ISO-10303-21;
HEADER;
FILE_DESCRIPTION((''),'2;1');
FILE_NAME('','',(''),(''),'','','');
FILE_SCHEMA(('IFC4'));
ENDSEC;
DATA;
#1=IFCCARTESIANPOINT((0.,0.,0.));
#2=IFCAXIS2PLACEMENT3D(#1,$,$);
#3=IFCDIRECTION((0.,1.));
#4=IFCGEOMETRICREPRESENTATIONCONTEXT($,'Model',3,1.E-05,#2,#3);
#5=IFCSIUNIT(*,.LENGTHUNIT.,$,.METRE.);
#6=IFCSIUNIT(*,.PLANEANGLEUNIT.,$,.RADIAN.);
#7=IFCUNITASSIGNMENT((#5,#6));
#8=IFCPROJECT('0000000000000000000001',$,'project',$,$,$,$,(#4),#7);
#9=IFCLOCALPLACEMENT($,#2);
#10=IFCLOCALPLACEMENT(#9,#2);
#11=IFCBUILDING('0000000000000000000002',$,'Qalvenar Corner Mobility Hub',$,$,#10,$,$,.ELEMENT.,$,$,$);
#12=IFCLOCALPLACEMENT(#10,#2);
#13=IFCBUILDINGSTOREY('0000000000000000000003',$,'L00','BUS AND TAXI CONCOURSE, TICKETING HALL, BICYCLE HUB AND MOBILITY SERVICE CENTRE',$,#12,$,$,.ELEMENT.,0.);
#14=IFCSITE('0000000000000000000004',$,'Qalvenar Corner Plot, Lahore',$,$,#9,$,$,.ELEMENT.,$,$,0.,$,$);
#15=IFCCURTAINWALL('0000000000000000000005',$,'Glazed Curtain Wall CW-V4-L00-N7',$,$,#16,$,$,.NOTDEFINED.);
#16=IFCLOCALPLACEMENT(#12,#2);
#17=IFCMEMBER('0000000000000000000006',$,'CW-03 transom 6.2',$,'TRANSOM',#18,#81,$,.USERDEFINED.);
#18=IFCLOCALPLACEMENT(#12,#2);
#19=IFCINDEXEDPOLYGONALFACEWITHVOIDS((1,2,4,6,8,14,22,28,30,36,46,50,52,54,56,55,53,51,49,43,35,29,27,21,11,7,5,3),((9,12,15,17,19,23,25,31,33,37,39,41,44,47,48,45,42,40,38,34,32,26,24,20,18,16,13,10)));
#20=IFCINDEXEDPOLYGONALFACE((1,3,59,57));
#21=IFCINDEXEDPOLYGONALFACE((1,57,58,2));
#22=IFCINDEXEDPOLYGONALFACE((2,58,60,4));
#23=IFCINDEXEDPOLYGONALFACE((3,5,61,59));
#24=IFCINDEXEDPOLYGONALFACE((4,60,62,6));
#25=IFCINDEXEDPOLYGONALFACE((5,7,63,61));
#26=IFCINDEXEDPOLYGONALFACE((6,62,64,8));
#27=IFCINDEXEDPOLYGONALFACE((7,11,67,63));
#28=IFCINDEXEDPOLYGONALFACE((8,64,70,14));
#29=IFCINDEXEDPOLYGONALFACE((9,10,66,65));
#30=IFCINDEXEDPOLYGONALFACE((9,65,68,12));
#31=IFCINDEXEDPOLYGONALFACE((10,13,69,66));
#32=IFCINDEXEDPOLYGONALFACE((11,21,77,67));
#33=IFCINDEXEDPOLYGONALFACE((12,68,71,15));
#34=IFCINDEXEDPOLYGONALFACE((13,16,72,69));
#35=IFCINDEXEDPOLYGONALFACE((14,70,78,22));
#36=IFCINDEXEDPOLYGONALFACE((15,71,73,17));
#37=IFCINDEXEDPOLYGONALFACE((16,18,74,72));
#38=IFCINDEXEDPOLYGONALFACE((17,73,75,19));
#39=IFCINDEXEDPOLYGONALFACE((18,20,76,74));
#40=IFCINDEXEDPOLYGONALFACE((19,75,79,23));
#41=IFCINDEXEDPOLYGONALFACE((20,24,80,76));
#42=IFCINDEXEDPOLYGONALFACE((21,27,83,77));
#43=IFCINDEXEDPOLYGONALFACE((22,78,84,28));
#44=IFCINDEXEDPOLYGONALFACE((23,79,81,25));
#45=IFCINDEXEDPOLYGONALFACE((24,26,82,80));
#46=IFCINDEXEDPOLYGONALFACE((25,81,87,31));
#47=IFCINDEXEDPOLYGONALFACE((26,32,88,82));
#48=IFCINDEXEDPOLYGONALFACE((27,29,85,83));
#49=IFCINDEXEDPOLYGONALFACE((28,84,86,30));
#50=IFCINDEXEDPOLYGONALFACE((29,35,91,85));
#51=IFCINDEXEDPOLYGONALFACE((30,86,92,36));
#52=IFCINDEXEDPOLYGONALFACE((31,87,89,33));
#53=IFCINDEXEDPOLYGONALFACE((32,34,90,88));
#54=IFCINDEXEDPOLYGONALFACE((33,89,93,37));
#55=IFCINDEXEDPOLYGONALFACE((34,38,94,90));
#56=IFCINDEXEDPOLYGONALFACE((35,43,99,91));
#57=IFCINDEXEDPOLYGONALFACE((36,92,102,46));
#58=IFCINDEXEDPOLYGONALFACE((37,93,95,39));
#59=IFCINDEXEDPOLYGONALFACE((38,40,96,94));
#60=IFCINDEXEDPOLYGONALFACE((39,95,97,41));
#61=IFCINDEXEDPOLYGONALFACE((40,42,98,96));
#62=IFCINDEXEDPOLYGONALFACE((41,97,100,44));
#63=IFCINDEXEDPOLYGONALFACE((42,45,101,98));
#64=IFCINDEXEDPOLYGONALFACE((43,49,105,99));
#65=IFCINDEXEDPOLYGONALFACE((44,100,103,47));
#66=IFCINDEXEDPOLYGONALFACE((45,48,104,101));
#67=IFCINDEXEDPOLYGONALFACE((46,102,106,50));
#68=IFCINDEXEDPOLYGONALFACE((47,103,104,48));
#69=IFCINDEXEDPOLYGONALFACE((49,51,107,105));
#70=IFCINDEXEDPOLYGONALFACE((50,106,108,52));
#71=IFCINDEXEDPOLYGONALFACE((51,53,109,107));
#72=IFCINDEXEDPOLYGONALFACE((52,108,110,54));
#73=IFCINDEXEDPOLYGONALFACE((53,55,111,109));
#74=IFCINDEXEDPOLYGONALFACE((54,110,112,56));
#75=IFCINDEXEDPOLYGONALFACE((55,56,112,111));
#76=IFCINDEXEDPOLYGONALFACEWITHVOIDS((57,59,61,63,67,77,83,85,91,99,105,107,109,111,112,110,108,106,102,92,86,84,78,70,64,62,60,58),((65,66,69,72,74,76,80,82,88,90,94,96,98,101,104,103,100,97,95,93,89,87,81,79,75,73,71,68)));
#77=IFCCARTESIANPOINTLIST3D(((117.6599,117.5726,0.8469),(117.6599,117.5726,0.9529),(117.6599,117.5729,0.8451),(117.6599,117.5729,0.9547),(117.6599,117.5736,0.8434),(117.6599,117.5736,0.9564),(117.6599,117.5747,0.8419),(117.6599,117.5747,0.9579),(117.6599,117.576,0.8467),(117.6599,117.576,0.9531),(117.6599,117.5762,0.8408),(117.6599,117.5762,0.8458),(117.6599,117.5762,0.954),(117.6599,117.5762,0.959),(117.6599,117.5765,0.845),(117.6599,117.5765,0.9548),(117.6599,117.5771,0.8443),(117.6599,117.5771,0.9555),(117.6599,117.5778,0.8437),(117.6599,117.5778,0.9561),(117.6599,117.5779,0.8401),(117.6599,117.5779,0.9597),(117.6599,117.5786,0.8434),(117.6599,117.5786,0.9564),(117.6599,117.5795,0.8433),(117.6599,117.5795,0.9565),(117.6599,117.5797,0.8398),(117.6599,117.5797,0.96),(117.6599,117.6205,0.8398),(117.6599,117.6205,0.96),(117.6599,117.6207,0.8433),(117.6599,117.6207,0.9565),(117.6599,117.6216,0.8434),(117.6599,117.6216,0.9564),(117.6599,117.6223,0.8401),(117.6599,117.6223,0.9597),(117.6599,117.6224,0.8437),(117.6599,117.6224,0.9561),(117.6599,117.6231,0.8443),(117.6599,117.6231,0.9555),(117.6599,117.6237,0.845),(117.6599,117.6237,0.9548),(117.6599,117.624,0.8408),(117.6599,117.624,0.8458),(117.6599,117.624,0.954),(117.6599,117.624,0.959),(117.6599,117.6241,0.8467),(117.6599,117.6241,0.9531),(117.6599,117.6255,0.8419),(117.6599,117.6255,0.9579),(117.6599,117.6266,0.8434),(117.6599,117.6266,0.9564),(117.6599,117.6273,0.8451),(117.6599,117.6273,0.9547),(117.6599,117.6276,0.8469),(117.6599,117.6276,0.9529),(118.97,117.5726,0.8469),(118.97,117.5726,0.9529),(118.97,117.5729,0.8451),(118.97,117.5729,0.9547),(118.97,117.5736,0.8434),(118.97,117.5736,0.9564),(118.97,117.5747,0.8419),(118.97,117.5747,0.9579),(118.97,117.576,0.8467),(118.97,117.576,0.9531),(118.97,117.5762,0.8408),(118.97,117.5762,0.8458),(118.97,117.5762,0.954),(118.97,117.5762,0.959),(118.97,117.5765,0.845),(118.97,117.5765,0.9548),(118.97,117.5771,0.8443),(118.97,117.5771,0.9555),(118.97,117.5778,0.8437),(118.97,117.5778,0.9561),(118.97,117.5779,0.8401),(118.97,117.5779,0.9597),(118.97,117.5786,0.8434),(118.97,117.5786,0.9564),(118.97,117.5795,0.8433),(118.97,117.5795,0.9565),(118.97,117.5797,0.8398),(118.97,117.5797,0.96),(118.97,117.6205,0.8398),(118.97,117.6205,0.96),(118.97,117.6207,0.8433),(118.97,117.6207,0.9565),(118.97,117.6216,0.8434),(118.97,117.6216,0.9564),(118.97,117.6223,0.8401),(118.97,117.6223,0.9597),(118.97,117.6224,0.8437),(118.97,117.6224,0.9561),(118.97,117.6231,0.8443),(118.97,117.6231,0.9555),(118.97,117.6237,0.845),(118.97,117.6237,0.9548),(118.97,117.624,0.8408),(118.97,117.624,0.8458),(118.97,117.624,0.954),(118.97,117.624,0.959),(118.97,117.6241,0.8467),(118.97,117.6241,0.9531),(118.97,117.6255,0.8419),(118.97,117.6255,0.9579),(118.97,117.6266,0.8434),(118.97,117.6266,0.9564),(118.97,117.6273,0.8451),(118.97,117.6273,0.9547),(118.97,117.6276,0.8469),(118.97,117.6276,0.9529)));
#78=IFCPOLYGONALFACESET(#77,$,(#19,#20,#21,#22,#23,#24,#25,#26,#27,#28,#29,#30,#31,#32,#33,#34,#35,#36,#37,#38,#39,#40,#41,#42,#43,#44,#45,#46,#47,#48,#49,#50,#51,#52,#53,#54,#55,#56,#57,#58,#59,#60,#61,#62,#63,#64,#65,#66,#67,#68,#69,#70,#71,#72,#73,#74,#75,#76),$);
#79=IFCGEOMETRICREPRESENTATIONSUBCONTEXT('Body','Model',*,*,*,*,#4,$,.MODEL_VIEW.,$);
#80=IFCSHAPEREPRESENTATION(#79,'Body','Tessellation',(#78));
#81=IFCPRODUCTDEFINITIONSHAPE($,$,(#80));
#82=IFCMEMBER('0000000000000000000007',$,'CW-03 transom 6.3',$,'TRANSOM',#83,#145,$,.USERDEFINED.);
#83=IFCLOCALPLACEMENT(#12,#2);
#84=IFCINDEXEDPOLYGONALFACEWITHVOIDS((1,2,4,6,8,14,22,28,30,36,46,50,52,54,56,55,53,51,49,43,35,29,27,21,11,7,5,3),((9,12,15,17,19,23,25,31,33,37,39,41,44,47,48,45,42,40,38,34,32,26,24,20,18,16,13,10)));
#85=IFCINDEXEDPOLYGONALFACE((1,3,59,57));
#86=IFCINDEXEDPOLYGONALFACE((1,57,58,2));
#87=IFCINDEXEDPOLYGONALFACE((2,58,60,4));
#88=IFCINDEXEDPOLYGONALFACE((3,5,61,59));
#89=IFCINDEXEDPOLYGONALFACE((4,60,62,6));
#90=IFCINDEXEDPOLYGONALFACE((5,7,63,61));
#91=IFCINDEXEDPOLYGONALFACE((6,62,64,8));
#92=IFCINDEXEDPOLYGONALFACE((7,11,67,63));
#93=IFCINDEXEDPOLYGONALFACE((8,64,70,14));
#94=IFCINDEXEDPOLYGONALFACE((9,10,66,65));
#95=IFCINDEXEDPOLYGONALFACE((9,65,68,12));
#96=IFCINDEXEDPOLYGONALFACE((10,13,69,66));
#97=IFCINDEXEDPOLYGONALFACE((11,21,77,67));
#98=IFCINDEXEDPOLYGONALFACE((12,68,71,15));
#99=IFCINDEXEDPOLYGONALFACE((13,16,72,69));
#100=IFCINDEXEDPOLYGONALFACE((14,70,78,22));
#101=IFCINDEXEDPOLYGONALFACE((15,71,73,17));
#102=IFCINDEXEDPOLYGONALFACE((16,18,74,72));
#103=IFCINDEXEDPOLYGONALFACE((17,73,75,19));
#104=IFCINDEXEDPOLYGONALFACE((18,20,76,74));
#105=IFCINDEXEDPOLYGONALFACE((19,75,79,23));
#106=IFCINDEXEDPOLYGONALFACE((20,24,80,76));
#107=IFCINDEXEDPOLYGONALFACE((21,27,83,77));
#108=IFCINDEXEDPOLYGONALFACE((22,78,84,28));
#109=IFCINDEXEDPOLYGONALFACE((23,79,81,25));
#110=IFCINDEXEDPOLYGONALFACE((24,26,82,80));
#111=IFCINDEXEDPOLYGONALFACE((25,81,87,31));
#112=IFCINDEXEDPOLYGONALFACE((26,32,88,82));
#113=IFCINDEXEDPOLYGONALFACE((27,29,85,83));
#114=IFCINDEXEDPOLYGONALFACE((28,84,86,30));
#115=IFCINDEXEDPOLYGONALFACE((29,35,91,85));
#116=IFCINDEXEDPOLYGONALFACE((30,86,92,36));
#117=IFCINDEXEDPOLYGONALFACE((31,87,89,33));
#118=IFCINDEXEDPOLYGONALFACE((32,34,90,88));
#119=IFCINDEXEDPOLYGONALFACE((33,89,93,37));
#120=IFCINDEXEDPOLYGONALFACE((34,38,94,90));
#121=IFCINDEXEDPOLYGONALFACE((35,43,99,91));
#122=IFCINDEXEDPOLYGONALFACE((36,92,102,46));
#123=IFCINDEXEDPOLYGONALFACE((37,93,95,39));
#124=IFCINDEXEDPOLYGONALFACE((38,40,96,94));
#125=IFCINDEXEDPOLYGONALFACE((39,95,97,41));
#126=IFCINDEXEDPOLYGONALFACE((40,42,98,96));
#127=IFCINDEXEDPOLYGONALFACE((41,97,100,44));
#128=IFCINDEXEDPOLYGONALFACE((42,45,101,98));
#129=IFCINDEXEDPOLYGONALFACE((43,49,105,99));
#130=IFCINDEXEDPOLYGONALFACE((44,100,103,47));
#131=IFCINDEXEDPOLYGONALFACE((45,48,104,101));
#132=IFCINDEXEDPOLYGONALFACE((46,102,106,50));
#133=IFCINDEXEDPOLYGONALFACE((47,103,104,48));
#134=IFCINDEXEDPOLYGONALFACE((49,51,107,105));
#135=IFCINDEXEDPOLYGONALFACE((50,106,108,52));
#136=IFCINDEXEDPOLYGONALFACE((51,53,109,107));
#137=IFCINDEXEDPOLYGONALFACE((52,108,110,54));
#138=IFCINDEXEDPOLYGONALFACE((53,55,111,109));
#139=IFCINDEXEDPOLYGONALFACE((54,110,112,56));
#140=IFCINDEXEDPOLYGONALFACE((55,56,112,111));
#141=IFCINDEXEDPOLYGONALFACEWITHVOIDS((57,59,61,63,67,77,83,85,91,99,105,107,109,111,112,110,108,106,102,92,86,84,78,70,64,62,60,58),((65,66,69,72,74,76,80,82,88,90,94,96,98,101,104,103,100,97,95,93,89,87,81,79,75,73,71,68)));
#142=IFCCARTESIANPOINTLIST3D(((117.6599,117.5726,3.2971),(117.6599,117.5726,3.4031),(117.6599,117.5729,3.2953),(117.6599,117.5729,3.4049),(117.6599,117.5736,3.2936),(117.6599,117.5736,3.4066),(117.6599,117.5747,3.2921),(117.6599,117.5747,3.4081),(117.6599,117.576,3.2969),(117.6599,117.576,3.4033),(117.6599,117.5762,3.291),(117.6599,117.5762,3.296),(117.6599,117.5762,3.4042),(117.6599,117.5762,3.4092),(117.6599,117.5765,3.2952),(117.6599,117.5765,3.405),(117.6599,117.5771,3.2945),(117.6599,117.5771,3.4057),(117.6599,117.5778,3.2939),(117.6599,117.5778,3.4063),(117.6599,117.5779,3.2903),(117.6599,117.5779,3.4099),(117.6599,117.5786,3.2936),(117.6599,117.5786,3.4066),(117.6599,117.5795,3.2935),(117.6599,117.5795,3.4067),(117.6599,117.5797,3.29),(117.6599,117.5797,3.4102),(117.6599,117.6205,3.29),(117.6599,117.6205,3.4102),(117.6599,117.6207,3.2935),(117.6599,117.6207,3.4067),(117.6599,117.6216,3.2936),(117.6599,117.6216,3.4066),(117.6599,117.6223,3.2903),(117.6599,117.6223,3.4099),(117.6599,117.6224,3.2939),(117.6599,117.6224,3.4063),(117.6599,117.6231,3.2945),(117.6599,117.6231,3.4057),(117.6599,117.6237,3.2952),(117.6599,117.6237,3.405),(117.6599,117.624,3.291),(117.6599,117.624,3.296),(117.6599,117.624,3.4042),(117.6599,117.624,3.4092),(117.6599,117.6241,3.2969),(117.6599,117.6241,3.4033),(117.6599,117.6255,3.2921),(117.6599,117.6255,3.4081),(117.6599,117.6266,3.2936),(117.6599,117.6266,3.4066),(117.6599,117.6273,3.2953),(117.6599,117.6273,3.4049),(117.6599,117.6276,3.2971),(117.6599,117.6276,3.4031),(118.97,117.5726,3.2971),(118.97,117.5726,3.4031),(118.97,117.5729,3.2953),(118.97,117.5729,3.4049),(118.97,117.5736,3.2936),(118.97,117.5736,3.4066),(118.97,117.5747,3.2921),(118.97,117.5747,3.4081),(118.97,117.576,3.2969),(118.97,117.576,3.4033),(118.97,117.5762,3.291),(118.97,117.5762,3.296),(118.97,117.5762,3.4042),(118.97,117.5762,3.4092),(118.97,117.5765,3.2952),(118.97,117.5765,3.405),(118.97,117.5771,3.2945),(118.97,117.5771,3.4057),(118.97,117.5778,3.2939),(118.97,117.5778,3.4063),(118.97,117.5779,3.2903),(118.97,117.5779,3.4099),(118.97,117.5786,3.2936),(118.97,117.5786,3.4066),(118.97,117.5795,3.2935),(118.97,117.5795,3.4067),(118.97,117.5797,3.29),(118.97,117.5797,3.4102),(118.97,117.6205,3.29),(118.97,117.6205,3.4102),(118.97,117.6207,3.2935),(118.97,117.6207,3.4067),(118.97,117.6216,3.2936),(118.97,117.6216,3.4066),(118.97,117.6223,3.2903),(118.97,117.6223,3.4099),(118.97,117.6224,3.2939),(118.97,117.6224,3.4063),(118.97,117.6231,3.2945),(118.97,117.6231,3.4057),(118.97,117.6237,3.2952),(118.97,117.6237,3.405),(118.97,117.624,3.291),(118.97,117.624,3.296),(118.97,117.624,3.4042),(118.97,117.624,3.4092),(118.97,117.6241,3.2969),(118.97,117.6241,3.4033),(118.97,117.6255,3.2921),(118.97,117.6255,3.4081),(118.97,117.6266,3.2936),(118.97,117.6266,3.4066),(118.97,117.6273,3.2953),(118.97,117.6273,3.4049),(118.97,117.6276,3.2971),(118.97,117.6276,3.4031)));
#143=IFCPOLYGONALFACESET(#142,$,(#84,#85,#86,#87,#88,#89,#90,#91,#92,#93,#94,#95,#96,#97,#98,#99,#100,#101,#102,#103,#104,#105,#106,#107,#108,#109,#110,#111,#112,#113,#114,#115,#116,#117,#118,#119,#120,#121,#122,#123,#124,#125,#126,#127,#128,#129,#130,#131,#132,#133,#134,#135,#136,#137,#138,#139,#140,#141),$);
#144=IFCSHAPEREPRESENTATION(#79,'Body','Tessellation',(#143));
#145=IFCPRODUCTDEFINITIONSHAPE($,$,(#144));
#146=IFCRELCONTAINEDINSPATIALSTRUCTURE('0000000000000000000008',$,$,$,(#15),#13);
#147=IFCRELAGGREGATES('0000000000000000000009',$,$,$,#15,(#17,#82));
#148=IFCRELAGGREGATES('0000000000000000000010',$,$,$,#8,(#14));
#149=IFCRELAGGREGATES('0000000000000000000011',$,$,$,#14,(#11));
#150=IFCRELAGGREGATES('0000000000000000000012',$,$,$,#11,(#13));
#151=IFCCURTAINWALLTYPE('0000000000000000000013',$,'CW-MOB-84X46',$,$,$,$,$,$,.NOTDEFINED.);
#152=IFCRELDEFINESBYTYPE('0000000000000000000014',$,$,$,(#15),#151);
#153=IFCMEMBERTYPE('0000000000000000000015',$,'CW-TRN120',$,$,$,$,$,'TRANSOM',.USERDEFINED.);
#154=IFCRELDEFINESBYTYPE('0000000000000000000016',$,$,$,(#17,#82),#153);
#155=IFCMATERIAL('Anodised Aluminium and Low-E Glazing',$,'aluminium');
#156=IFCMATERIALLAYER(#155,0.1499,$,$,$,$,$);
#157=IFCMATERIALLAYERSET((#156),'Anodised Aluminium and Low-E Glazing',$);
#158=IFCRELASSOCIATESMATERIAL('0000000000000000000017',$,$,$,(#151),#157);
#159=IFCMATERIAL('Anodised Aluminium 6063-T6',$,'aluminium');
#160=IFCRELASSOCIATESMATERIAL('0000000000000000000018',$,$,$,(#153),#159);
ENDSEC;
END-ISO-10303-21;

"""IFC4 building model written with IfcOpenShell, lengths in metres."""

from ifc_helpers import new_model, si_unit, direction, frame, origin, origin_2d, place, context, subcontext, project, spatial, hollow_rectangle, extrude, material, layer, layer_set, material_profile, profile_set, type_object, element, aggregate, save


model = new_model("IFC4")

# Units and contexts
model_context = context("Model", 3, precision=1e-05, world=origin(), true_north=direction((0.0, 1.0)))
body_context = subcontext(model_context, "Body", "Model", "MODEL_VIEW")
ifc_project = project(units=[si_unit("LENGTHUNIT", "METRE"), si_unit("PLANEANGLEUNIT", "RADIAN")], contexts=[model_context])

# Site, building, storey
site_placement = place(None, origin())
site = spatial("IfcSite", under=ifc_project, at=site_placement, Name="Qalvenar Corner Plot, Lahore", CompositionType="ELEMENT", RefElevation=0.0)
building_placement = place(site_placement, origin())
building = spatial("IfcBuilding", under=site, at=building_placement, Name="Qalvenar Corner Mobility Hub", CompositionType="ELEMENT")
storey_placement = place(building_placement, origin())
storey = spatial("IfcBuildingStorey", under=building, at=storey_placement, Name="L00", Description="BUS AND TAXI CONCOURSE, TICKETING HALL, BICYCLE HUB AND MOBILITY SERVICE CENTRE", CompositionType="ELEMENT", Elevation=0.0)

# Shared definitions
ifc_material_1 = material(Name="Anodised Aluminium and Low-E Glazing", Category="aluminium")
ifc_layer_1 = layer(ifc_material_1, 0.1499)
ifc_layer_set_1 = layer_set([ifc_layer_1], Name="Anodised Aluminium and Low-E Glazing")
curtain_wall_type = type_object("IfcCurtainWallType", Name="CW-MOB-84X46", PredefinedType="NOTDEFINED", material=ifc_layer_set_1)
ifc_material_2 = material(Name="Anodised Aluminium 6063-T6", Category="aluminium")

# Curtain wall, members
curtain_wall_1_placement = place(storey_placement, origin())
curtain_wall_1 = element("IfcCurtainWall", 1, at=curtain_wall_1_placement, inside=storey, type_object=curtain_wall_type, Name="Glazed Curtain Wall CW-V4-L00-N7", PredefinedType="NOTDEFINED")
ifc_material_profile_1 = material_profile(ifc_material_2, hollow_rectangle(XDim=0.0549, YDim=0.1201, WallThickness=0.0034, InnerFilletRadius=0.0034, OuterFilletRadius=0.0071, at=origin_2d()), Name="RHS120x55x3.5")
ifc_profile_set_1 = profile_set([ifc_material_profile_1], Name="Anodised Aluminium 6063-T6")
member_type_1 = type_object("IfcMemberType", Name="CW-TRN120", ElementType="TRANSOM", PredefinedType="USERDEFINED", material=ifc_profile_set_1)
member_1_placement = place(storey_placement, frame((118.97, 117.6001, 0.8999), z_axis=(-1.0, 0.0, 0.0), x_axis=(0.0, -1.0, 0.0)))
member_1 = element("IfcMember", 2, at=member_1_placement, type_object=member_type_1, Name="CW-03 transom 6.2", ObjectType="TRANSOM", PredefinedType="USERDEFINED", context=body_context, shape_type="SweptSolid", body=[
    extrude(hollow_rectangle(XDim=0.0549, YDim=0.1201, WallThickness=0.0034, InnerFilletRadius=0.0034, OuterFilletRadius=0.0071, at=origin_2d()), origin(), (0.0, 0.0, 1.0), 1.3101),
])
member_2_placement = place(storey_placement, frame((118.97, 117.6001, 3.3501), z_axis=(-1.0, 0.0, 0.0), x_axis=(0.0, -1.0, 0.0)))
member_2 = element("IfcMember", 3, at=member_2_placement, type_object=member_type_1, Name="CW-03 transom 6.3", ObjectType="TRANSOM", PredefinedType="USERDEFINED", context=body_context, shape_type="SweptSolid", body=[
    extrude(hollow_rectangle(XDim=0.0549, YDim=0.1201, WallThickness=0.0034, InnerFilletRadius=0.0034, OuterFilletRadius=0.0071, at=origin_2d()), origin(), (0.0, 0.0, 1.0), 1.3101),
])
aggregate(curtain_wall_1, [member_1, member_2])

save(model, "model.ifc")
